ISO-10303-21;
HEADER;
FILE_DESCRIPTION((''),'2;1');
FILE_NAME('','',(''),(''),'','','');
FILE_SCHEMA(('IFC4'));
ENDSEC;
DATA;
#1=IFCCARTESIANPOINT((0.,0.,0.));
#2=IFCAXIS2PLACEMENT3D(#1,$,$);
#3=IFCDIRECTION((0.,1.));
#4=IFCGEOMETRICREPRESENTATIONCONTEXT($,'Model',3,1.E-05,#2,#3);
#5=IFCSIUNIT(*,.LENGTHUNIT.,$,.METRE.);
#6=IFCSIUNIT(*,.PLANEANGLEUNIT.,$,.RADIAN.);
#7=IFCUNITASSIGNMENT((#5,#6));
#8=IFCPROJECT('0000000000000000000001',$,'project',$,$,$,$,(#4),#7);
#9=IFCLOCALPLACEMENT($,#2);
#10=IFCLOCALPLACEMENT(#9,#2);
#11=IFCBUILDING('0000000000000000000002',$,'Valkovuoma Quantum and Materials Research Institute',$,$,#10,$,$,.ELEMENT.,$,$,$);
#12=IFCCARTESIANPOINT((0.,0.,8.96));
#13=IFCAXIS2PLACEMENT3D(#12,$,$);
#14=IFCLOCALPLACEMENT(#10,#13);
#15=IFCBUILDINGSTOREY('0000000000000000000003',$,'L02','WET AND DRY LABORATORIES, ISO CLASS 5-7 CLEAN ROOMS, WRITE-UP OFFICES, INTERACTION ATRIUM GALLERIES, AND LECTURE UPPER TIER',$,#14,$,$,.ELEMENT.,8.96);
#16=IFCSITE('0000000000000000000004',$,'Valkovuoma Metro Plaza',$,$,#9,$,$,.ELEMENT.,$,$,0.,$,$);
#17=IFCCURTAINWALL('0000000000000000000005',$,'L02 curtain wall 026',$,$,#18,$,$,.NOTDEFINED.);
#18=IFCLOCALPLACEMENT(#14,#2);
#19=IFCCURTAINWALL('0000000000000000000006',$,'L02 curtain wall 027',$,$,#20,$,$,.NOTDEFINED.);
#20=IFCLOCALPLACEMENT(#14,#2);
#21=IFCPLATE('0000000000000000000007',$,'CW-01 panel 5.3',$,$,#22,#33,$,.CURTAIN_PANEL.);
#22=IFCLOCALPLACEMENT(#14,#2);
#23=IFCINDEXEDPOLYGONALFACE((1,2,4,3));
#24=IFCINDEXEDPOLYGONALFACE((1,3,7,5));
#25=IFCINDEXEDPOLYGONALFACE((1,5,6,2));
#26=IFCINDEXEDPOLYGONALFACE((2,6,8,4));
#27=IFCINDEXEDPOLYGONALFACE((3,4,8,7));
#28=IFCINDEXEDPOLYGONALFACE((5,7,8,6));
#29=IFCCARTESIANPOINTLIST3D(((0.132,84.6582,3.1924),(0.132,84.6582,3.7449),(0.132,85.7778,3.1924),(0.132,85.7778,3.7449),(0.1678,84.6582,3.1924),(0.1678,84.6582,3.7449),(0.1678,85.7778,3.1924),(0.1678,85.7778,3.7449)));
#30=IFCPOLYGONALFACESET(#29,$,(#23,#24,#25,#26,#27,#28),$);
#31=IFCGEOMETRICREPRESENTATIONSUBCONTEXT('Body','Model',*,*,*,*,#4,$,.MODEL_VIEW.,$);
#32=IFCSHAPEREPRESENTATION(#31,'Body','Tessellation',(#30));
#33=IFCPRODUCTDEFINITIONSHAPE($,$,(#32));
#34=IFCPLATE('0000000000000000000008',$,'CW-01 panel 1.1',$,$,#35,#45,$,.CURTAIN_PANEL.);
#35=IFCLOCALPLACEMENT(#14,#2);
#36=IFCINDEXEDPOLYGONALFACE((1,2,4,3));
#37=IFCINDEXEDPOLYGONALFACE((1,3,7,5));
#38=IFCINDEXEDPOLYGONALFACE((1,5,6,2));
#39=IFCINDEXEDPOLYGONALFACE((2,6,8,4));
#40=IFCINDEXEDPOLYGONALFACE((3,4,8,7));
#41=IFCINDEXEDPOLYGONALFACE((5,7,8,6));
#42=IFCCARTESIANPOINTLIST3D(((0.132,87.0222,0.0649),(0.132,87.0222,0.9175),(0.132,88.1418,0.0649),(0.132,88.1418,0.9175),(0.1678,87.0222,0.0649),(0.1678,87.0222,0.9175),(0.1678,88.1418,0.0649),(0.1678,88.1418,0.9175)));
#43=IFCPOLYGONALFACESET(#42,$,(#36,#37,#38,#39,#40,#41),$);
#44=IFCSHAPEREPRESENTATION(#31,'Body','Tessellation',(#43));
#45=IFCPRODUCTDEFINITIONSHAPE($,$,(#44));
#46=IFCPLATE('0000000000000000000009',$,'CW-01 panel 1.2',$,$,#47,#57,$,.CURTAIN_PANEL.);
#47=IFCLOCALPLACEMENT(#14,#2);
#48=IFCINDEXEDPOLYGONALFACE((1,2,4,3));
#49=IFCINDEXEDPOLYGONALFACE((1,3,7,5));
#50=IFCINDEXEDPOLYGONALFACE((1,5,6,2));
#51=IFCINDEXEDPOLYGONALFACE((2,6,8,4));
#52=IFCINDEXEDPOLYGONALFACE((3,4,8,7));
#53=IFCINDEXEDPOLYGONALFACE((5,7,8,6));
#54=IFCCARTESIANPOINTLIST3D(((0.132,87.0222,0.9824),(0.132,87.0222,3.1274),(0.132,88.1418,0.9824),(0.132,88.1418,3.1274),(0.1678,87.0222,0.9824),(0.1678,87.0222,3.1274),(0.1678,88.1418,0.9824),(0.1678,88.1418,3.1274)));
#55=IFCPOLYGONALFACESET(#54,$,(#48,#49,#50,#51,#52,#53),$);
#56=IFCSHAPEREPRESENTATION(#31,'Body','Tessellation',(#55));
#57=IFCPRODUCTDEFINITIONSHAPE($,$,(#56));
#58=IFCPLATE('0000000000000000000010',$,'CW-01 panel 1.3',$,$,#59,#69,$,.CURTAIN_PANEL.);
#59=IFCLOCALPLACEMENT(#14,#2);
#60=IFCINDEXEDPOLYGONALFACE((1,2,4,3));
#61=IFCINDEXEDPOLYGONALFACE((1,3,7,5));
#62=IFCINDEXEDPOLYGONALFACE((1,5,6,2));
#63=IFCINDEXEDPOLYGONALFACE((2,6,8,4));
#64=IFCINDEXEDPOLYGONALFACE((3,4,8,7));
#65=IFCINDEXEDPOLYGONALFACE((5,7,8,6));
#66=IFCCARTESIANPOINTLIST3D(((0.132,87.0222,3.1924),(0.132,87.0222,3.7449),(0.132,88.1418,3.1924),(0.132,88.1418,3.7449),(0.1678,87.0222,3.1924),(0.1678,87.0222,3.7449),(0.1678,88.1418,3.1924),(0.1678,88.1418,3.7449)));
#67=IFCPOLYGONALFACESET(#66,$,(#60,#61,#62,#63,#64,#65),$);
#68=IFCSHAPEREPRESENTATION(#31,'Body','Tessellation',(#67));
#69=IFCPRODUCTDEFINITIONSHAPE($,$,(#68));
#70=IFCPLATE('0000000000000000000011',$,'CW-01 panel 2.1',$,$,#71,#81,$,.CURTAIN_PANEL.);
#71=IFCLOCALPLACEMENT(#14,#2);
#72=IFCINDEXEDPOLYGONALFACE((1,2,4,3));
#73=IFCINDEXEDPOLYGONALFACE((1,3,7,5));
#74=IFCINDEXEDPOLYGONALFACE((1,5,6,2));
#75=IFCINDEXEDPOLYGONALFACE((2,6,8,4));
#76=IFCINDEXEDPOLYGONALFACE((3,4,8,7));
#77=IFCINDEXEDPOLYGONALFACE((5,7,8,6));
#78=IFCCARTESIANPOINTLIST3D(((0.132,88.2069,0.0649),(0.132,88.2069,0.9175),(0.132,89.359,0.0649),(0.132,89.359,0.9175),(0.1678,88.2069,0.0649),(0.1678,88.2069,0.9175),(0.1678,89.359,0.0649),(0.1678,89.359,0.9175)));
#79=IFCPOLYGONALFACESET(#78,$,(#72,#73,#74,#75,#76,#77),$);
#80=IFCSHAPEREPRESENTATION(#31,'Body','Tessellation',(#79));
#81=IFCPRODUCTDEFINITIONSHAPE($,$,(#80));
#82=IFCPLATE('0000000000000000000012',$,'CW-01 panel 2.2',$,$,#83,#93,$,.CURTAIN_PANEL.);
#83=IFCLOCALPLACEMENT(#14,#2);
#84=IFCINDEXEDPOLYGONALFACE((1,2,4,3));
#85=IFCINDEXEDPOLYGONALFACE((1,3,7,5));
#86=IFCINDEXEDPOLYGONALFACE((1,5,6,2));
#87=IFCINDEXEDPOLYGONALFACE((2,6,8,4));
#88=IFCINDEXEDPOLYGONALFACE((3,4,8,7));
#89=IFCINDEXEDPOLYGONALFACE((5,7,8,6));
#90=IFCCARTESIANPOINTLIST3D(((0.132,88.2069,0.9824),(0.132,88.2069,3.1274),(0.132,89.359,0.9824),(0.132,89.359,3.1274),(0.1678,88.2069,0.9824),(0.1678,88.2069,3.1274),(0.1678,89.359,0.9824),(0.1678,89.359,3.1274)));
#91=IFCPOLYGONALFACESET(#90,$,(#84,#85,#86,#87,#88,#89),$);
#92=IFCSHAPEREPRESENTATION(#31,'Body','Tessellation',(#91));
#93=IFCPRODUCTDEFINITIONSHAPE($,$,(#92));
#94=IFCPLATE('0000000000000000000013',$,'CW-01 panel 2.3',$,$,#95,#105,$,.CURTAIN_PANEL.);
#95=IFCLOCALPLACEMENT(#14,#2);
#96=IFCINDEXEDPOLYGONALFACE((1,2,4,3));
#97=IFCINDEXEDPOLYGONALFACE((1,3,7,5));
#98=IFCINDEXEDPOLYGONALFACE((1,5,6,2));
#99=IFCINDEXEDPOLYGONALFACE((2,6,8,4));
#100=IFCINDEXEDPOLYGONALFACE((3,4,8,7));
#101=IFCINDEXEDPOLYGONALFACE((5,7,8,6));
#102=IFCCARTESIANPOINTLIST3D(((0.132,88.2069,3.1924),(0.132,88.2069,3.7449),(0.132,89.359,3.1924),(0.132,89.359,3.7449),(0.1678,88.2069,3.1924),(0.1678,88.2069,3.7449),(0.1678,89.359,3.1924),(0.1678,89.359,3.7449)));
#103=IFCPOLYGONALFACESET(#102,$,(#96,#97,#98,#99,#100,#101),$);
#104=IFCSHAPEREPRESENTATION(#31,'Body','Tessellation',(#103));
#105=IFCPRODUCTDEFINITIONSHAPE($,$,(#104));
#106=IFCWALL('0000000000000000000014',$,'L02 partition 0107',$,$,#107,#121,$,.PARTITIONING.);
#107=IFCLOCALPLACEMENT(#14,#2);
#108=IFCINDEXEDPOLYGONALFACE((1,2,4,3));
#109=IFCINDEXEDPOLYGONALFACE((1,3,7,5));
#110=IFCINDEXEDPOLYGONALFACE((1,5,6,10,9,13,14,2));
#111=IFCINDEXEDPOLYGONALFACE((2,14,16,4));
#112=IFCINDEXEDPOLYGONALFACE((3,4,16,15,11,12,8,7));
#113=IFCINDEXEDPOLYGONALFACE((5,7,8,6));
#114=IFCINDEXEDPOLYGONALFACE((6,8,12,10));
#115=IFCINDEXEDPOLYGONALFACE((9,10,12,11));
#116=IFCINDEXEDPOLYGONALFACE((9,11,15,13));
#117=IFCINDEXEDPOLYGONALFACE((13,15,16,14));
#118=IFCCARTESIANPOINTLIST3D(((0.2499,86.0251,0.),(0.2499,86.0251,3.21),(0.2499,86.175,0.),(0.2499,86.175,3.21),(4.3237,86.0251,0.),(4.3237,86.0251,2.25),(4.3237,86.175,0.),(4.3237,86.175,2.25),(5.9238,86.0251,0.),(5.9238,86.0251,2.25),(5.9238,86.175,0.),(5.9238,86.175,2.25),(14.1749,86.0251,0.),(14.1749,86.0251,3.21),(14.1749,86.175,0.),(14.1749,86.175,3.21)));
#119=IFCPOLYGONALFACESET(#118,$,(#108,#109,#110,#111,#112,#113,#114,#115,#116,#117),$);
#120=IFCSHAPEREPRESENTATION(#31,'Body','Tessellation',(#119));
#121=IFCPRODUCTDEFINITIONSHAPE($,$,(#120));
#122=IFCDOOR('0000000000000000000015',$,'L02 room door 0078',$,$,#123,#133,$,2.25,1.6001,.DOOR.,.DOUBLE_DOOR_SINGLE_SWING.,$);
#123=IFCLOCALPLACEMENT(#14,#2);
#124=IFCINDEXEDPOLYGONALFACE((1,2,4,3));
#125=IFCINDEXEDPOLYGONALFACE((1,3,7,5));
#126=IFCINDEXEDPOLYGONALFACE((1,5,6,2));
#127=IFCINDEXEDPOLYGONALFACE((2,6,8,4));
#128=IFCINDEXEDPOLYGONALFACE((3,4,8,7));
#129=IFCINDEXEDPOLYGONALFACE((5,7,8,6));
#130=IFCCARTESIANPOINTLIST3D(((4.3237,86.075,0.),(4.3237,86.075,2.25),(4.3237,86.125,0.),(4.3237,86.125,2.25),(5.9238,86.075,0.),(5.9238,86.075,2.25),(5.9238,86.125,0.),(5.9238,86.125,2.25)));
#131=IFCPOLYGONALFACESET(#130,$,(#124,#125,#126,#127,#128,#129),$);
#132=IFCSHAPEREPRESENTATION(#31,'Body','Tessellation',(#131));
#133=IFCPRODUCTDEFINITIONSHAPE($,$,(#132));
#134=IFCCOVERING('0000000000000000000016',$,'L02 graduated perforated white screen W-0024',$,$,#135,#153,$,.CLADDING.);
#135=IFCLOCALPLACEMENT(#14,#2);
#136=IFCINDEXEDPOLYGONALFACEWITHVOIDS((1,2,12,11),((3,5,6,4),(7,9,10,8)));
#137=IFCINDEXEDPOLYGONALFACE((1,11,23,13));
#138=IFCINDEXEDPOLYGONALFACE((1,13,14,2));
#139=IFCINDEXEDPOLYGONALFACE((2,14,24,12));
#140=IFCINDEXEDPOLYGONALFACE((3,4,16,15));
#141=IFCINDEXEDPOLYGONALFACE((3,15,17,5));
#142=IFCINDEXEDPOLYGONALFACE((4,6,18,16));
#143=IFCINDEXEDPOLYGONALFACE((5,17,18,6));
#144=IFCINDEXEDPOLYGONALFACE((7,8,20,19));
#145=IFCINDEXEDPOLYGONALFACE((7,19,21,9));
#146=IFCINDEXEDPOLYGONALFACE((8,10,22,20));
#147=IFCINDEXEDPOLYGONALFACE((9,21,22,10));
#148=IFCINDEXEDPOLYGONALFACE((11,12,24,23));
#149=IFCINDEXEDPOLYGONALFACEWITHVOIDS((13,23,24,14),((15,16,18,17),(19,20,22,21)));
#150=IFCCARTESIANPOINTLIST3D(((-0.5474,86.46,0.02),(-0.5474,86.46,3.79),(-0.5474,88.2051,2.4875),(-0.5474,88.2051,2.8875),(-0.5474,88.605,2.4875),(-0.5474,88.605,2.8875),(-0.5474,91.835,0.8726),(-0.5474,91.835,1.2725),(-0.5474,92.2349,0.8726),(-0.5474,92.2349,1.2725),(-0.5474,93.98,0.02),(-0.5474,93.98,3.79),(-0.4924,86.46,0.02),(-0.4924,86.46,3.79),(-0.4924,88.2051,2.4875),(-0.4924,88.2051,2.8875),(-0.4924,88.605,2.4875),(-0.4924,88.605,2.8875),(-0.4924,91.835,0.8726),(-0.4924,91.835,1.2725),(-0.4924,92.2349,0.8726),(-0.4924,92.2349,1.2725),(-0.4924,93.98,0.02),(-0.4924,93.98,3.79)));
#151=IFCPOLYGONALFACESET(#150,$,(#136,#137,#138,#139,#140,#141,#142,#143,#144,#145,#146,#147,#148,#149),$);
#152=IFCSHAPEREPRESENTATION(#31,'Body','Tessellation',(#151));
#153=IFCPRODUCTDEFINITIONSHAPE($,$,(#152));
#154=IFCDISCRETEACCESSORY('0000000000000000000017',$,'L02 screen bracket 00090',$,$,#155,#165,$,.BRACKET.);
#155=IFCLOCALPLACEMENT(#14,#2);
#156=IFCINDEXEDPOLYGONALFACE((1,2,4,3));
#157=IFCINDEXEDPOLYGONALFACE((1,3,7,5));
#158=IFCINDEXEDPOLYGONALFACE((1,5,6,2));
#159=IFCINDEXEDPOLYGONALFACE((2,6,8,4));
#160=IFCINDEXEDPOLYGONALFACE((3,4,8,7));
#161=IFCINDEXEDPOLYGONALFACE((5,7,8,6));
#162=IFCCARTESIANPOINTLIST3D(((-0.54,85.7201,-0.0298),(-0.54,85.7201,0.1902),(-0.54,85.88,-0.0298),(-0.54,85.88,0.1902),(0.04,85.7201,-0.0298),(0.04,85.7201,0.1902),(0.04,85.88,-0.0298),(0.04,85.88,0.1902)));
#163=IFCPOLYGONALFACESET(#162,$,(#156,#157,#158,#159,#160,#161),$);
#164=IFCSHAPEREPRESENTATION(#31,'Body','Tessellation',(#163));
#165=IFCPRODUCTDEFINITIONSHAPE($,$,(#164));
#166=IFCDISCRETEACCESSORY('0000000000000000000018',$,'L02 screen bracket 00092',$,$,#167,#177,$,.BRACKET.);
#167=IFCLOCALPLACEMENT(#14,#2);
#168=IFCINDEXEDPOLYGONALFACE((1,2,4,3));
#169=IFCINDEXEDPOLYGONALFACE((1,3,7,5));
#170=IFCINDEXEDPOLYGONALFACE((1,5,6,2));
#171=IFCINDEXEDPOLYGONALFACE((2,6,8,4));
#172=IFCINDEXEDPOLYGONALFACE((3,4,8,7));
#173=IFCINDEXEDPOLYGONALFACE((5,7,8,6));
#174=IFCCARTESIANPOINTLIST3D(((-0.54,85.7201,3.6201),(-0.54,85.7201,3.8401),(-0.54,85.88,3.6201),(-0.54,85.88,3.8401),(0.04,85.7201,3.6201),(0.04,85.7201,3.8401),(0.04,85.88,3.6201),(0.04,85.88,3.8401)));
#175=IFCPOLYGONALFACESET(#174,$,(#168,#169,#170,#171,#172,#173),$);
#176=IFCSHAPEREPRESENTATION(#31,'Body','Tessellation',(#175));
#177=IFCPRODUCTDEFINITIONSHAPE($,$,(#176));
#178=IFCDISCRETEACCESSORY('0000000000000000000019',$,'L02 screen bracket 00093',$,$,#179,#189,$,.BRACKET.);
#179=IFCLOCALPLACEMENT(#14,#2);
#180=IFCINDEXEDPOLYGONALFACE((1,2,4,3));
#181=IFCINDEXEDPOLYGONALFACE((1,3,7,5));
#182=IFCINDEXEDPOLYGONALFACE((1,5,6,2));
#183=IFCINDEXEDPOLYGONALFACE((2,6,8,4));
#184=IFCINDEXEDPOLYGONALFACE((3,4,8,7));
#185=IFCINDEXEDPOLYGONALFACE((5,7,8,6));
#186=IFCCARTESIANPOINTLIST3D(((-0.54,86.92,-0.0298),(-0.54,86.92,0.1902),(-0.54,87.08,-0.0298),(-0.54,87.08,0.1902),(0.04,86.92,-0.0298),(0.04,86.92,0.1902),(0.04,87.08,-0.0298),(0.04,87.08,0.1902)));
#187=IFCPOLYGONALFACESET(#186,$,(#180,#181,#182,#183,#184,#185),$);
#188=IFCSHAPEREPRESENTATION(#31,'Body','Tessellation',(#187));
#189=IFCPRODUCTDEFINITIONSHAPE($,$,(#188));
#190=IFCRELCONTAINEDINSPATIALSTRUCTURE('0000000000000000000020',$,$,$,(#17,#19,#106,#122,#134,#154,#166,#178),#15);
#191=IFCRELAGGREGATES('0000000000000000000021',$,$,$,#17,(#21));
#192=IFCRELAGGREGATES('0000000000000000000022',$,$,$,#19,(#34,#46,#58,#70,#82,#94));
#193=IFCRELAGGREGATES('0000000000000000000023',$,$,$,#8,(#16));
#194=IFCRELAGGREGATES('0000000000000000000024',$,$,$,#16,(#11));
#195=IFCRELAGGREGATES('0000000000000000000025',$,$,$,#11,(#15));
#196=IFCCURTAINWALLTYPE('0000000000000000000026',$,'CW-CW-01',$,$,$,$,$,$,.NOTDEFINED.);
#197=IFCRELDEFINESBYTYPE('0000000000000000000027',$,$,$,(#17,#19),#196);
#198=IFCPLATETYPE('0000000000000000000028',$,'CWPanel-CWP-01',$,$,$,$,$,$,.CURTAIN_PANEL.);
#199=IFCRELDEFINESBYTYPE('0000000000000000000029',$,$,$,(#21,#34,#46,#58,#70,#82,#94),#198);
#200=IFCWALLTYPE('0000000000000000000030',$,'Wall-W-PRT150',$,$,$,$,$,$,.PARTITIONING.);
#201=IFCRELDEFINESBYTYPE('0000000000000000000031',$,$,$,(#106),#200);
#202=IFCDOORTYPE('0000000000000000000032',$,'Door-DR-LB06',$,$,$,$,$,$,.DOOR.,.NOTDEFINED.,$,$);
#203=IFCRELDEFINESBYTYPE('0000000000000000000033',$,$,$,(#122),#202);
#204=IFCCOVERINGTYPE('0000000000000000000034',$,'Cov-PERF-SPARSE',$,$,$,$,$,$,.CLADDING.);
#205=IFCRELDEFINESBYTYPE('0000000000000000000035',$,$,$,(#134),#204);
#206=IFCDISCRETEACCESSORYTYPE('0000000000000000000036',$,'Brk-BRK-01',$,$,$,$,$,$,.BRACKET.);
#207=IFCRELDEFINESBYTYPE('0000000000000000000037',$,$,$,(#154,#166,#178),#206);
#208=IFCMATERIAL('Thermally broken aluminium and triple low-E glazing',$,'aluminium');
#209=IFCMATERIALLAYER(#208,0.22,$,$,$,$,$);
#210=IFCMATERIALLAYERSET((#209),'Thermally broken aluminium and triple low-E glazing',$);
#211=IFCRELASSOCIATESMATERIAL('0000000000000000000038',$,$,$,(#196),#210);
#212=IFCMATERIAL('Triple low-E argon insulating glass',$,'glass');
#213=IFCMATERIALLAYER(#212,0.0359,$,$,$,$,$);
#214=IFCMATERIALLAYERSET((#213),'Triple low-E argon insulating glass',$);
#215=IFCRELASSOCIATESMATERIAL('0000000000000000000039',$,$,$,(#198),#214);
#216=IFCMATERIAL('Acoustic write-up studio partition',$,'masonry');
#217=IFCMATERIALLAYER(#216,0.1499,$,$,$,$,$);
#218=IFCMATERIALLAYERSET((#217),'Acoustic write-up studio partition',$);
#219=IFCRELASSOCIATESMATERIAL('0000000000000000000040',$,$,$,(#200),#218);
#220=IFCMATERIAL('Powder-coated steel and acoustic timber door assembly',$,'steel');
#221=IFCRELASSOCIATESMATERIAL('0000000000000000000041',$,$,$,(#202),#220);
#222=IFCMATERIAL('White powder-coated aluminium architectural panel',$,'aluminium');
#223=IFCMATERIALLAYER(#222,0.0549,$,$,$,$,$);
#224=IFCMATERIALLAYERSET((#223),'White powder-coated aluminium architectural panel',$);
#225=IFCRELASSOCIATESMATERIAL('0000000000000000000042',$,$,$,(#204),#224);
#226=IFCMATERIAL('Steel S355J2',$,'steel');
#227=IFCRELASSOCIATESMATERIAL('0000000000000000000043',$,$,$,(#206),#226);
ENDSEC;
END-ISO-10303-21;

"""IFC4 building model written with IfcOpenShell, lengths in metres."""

from ifc_helpers import new_model, si_unit, direction, frame, frame_2d, origin, origin_2d, place, context, subcontext, project, spatial, polyline, rectangle, outline, extrude, material, layer, layer_set, type_object, element, fill, aggregate, save


model = new_model("IFC4")

# Units and contexts
model_context = context("Model", 3, precision=1e-05, world=origin(), true_north=direction((0.0, 1.0)))
body_context = subcontext(model_context, "Body", "Model", "MODEL_VIEW")
ifc_project = project(units=[si_unit("LENGTHUNIT", "METRE"), si_unit("PLANEANGLEUNIT", "RADIAN")], contexts=[model_context])

# Site, building, storey
site_placement = place(None, origin())
site = spatial("IfcSite", under=ifc_project, at=site_placement, Name="Valkovuoma Metro Plaza", CompositionType="ELEMENT", RefElevation=0.0)
building_placement = place(site_placement, origin())
building = spatial("IfcBuilding", under=site, at=building_placement, Name="Valkovuoma Quantum and Materials Research Institute", CompositionType="ELEMENT")
storey_placement = place(building_placement, frame((0.0, 0.0, 8.96)))
storey = spatial("IfcBuildingStorey", under=building, at=storey_placement, Name="L02", Description="WET AND DRY LABORATORIES, ISO CLASS 5-7 CLEAN ROOMS, WRITE-UP OFFICES, INTERACTION ATRIUM GALLERIES, AND LECTURE UPPER TIER", CompositionType="ELEMENT", Elevation=8.96)

# Curtain wall
ifc_material_1 = material(Name="Thermally broken aluminium and triple low-E glazing", Category="aluminium")
ifc_layer_1 = layer(ifc_material_1, 0.22)
ifc_layer_set_1 = layer_set([ifc_layer_1], Name="Thermally broken aluminium and triple low-E glazing")
curtain_wall_type = type_object("IfcCurtainWallType", Name="CW-CW-01", PredefinedType="NOTDEFINED", material=ifc_layer_set_1)
curtain_wall_1_placement = place(storey_placement, origin())
curtain_wall_1 = element("IfcCurtainWall", 1, at=curtain_wall_1_placement, inside=storey, type_object=curtain_wall_type, Name="L02 curtain wall 026", PredefinedType="NOTDEFINED")

# Curtain wall
curtain_wall_2_placement = place(storey_placement, origin())
curtain_wall_2 = element("IfcCurtainWall", 2, at=curtain_wall_2_placement, inside=storey, type_object=curtain_wall_type, Name="L02 curtain wall 027", PredefinedType="NOTDEFINED")

# Plates
ifc_material_2 = material(Name="Triple low-E argon insulating glass", Category="glass")
ifc_layer_2 = layer(ifc_material_2, 0.0359)
ifc_layer_set_2 = layer_set([ifc_layer_2], Name="Triple low-E argon insulating glass")
plate_type = type_object("IfcPlateType", Name="CWPanel-CWP-01", PredefinedType="CURTAIN_PANEL", material=ifc_layer_set_2)
plate_1_placement = place(storey_placement, frame((0.1499, 85.218, 3.1924), z_axis=(0.0, 0.0, 1.0), x_axis=(0.0, 1.0, 0.0)))
plate_1 = element("IfcPlate", 3, at=plate_1_placement, type_object=plate_type, Name="CW-01 panel 5.3", PredefinedType="CURTAIN_PANEL", context=body_context, shape_type="SweptSolid", body=[
    extrude(rectangle(XDim=1.1196, YDim=0.0359, at=origin_2d()), origin(), (0.0, 0.0, 1.0), 0.5525),
])
aggregate(curtain_wall_1, [plate_1])
plate_2_placement = place(storey_placement, frame((0.1499, 87.582, 0.0649), z_axis=(0.0, 0.0, 1.0), x_axis=(0.0, 1.0, 0.0)))
plate_2 = element("IfcPlate", 4, at=plate_2_placement, type_object=plate_type, Name="CW-01 panel 1.1", PredefinedType="CURTAIN_PANEL", context=body_context, shape_type="SweptSolid", body=[
    extrude(rectangle(XDim=1.1196, YDim=0.0359, at=origin_2d()), origin(), (0.0, 0.0, 1.0), 0.8525),
])
plate_3_placement = place(storey_placement, frame((0.1499, 87.582, 0.9824), z_axis=(0.0, 0.0, 1.0), x_axis=(0.0, 1.0, 0.0)))
plate_3 = element("IfcPlate", 5, at=plate_3_placement, type_object=plate_type, Name="CW-01 panel 1.2", PredefinedType="CURTAIN_PANEL", context=body_context, shape_type="SweptSolid", body=[
    extrude(rectangle(XDim=1.1196, YDim=0.0359, at=origin_2d()), origin(), (0.0, 0.0, 1.0), 2.145),
])
plate_4_placement = place(storey_placement, frame((0.1499, 87.582, 3.1924), z_axis=(0.0, 0.0, 1.0), x_axis=(0.0, 1.0, 0.0)))
plate_4 = element("IfcPlate", 6, at=plate_4_placement, type_object=plate_type, Name="CW-01 panel 1.3", PredefinedType="CURTAIN_PANEL", context=body_context, shape_type="SweptSolid", body=[
    extrude(rectangle(XDim=1.1196, YDim=0.0359, at=origin_2d()), origin(), (0.0, 0.0, 1.0), 0.5525),
])
plate_5_placement = place(storey_placement, frame((0.1499, 88.783, 0.0649), z_axis=(0.0, 0.0, 1.0), x_axis=(0.0, 1.0, 0.0)))
plate_5 = element("IfcPlate", 7, at=plate_5_placement, type_object=plate_type, Name="CW-01 panel 2.1", PredefinedType="CURTAIN_PANEL", context=body_context, shape_type="SweptSolid", body=[
    extrude(rectangle(XDim=1.1521, YDim=0.0359, at=origin_2d()), origin(), (0.0, 0.0, 1.0), 0.8525),
])
plate_6_placement = place(storey_placement, frame((0.1499, 88.783, 0.9824), z_axis=(0.0, 0.0, 1.0), x_axis=(0.0, 1.0, 0.0)))
plate_6 = element("IfcPlate", 8, at=plate_6_placement, type_object=plate_type, Name="CW-01 panel 2.2", PredefinedType="CURTAIN_PANEL", context=body_context, shape_type="SweptSolid", body=[
    extrude(rectangle(XDim=1.1521, YDim=0.0359, at=origin_2d()), origin(), (0.0, 0.0, 1.0), 2.145),
])
plate_7_placement = place(storey_placement, frame((0.1499, 88.783, 3.1924), z_axis=(0.0, 0.0, 1.0), x_axis=(0.0, 1.0, 0.0)))
plate_7 = element("IfcPlate", 9, at=plate_7_placement, type_object=plate_type, Name="CW-01 panel 2.3", PredefinedType="CURTAIN_PANEL", context=body_context, shape_type="SweptSolid", body=[
    extrude(rectangle(XDim=1.1521, YDim=0.0359, at=origin_2d()), origin(), (0.0, 0.0, 1.0), 0.5525),
])
aggregate(curtain_wall_2, [plate_2, plate_3, plate_4, plate_5, plate_6, plate_7])

# Wall, opening, door
ifc_material_3 = material(Name="Acoustic write-up studio partition", Category="masonry")
ifc_layer_3 = layer(ifc_material_3, 0.1499)
ifc_layer_set_3 = layer_set([ifc_layer_3], Name="Acoustic write-up studio partition")
wall_type = type_object("IfcWallType", Name="Wall-W-PRT150", PredefinedType="PARTITIONING", material=ifc_layer_set_3)
wall_placement = place(storey_placement, frame((0.25, 86.1001, 0.0), z_axis=(0.0, 0.0, 1.0), x_axis=(1.0, 0.0, 0.0)))
wall = element("IfcWall", 10, at=wall_placement, inside=storey, type_object=wall_type, Name="L02 partition 0107", PredefinedType="PARTITIONING", context=body_context, shape_type="SweptSolid", body=[
    extrude(rectangle(XDim=13.925, YDim=0.1499, at=frame_2d((6.9624, 0.0))), origin(), (0.0, 0.0, 1.0), 3.21),
])
opening_placement = place(wall_placement, frame((4.0737, 0.0, 0.0)))
opening = element("IfcOpeningElement", 11, at=opening_placement, cuts=wall, PredefinedType="OPENING", context=body_context, shape_type="SweptSolid", body=[
    extrude(rectangle(XDim=1.6001, YDim=2.25, at=frame_2d((0.8, 1.125))), frame((0.0, 0.085, 0.0), z_axis=(0.0, -1.0, 0.0), x_axis=(1.0, 0.0, 0.0)), (0.0, 0.0, 1.0), 0.1699),
])
ifc_material_4 = material(Name="Powder-coated steel and acoustic timber door assembly", Category="steel")
door_type = type_object("IfcDoorType", Name="Door-DR-LB06", OperationType="NOTDEFINED", PredefinedType="DOOR", material=ifc_material_4)
door_placement = place(opening_placement, origin())
door = element("IfcDoor", 12, at=door_placement, inside=storey, type_object=door_type, Name="L02 room door 0078", OperationType="DOUBLE_DOOR_SINGLE_SWING", OverallHeight=2.25, OverallWidth=1.6001, PredefinedType="DOOR", context=body_context, shape_type="SweptSolid", body=[
    extrude(rectangle(XDim=1.6001, YDim=2.25, at=frame_2d((0.8, 1.125))), frame((0.0, 0.0249, 0.0), z_axis=(0.0, -1.0, 0.0), x_axis=(1.0, 0.0, 0.0)), (0.0, 0.0, 1.0), 0.05),
])
fill(opening, door)

# Covering
ifc_material_5 = material(Name="White powder-coated aluminium architectural panel", Category="aluminium")
ifc_layer_4 = layer(ifc_material_5, 0.0549)
ifc_layer_set_4 = layer_set([ifc_layer_4], Name="White powder-coated aluminium architectural panel")
covering_type = type_object("IfcCoveringType", Name="Cov-PERF-SPARSE", PredefinedType="CLADDING", material=ifc_layer_set_4)
covering_placement = place(storey_placement, frame((-0.52, 86.46, 0.02), z_axis=(0.0, 0.0, 1.0), x_axis=(0.0, 1.0, 0.0)))
element("IfcCovering", 13, at=covering_placement, inside=storey, type_object=covering_type, Name="L02 graduated perforated white screen W-0024", PredefinedType="CLADDING", context=body_context, shape_type="SweptSolid", body=[
    extrude(outline(polyline([(0.0, 0.0), (7.52, 0.0), (7.52, 3.77), (0.0, 3.77), (0.0, 0.0)]), holes=[polyline([(1.7451, 2.4675), (1.7451, 2.8674), (2.145, 2.8674), (2.145, 2.4675), (1.7451, 2.4675)]), polyline([(5.375, 0.8525), (5.375, 1.2524), (5.7749, 1.2524), (5.7749, 0.8525), (5.375, 0.8525)])]), frame((0.0, 0.0273, 0.0), z_axis=(0.0, -1.0, 0.0), x_axis=(1.0, 0.0, 0.0)), (0.0, 0.0, 1.0), 0.0549),
])

# Discrete accessories
ifc_material_6 = material(Name="Steel S355J2", Category="steel")
discrete_accessory_type = type_object("IfcDiscreteAccessoryType", Name="Brk-BRK-01", PredefinedType="BRACKET", material=ifc_material_6)
for number, where, z_axis, x_axis, name in (
    (14, (-0.25, 85.8, -0.0298), (0.0, 0.0, 1.0), (1.0, 0.0, 0.0), "L02 screen bracket 00090"),
    (15, (-0.25, 85.8, 3.6201), (0.0, 0.0, 1.0), (1.0, 0.0, 0.0), "L02 screen bracket 00092"),
    (16, (-0.25, 87.0, -0.0298), (0.0, 0.0, 1.0), (1.0, 0.0, 0.0), "L02 screen bracket 00093"),
):
    element("IfcDiscreteAccessory", number, at=place(storey_placement, frame(where, z_axis=z_axis, x_axis=x_axis)), inside=storey, type_object=discrete_accessory_type, Name=name, PredefinedType="BRACKET", context=body_context, shape_type="SweptSolid", body=[
        extrude(rectangle(XDim=0.5801, YDim=0.1599, at=origin_2d()), origin(), (0.0, 0.0, 1.0), 0.22),
    ])

save(model, "model.ifc")
